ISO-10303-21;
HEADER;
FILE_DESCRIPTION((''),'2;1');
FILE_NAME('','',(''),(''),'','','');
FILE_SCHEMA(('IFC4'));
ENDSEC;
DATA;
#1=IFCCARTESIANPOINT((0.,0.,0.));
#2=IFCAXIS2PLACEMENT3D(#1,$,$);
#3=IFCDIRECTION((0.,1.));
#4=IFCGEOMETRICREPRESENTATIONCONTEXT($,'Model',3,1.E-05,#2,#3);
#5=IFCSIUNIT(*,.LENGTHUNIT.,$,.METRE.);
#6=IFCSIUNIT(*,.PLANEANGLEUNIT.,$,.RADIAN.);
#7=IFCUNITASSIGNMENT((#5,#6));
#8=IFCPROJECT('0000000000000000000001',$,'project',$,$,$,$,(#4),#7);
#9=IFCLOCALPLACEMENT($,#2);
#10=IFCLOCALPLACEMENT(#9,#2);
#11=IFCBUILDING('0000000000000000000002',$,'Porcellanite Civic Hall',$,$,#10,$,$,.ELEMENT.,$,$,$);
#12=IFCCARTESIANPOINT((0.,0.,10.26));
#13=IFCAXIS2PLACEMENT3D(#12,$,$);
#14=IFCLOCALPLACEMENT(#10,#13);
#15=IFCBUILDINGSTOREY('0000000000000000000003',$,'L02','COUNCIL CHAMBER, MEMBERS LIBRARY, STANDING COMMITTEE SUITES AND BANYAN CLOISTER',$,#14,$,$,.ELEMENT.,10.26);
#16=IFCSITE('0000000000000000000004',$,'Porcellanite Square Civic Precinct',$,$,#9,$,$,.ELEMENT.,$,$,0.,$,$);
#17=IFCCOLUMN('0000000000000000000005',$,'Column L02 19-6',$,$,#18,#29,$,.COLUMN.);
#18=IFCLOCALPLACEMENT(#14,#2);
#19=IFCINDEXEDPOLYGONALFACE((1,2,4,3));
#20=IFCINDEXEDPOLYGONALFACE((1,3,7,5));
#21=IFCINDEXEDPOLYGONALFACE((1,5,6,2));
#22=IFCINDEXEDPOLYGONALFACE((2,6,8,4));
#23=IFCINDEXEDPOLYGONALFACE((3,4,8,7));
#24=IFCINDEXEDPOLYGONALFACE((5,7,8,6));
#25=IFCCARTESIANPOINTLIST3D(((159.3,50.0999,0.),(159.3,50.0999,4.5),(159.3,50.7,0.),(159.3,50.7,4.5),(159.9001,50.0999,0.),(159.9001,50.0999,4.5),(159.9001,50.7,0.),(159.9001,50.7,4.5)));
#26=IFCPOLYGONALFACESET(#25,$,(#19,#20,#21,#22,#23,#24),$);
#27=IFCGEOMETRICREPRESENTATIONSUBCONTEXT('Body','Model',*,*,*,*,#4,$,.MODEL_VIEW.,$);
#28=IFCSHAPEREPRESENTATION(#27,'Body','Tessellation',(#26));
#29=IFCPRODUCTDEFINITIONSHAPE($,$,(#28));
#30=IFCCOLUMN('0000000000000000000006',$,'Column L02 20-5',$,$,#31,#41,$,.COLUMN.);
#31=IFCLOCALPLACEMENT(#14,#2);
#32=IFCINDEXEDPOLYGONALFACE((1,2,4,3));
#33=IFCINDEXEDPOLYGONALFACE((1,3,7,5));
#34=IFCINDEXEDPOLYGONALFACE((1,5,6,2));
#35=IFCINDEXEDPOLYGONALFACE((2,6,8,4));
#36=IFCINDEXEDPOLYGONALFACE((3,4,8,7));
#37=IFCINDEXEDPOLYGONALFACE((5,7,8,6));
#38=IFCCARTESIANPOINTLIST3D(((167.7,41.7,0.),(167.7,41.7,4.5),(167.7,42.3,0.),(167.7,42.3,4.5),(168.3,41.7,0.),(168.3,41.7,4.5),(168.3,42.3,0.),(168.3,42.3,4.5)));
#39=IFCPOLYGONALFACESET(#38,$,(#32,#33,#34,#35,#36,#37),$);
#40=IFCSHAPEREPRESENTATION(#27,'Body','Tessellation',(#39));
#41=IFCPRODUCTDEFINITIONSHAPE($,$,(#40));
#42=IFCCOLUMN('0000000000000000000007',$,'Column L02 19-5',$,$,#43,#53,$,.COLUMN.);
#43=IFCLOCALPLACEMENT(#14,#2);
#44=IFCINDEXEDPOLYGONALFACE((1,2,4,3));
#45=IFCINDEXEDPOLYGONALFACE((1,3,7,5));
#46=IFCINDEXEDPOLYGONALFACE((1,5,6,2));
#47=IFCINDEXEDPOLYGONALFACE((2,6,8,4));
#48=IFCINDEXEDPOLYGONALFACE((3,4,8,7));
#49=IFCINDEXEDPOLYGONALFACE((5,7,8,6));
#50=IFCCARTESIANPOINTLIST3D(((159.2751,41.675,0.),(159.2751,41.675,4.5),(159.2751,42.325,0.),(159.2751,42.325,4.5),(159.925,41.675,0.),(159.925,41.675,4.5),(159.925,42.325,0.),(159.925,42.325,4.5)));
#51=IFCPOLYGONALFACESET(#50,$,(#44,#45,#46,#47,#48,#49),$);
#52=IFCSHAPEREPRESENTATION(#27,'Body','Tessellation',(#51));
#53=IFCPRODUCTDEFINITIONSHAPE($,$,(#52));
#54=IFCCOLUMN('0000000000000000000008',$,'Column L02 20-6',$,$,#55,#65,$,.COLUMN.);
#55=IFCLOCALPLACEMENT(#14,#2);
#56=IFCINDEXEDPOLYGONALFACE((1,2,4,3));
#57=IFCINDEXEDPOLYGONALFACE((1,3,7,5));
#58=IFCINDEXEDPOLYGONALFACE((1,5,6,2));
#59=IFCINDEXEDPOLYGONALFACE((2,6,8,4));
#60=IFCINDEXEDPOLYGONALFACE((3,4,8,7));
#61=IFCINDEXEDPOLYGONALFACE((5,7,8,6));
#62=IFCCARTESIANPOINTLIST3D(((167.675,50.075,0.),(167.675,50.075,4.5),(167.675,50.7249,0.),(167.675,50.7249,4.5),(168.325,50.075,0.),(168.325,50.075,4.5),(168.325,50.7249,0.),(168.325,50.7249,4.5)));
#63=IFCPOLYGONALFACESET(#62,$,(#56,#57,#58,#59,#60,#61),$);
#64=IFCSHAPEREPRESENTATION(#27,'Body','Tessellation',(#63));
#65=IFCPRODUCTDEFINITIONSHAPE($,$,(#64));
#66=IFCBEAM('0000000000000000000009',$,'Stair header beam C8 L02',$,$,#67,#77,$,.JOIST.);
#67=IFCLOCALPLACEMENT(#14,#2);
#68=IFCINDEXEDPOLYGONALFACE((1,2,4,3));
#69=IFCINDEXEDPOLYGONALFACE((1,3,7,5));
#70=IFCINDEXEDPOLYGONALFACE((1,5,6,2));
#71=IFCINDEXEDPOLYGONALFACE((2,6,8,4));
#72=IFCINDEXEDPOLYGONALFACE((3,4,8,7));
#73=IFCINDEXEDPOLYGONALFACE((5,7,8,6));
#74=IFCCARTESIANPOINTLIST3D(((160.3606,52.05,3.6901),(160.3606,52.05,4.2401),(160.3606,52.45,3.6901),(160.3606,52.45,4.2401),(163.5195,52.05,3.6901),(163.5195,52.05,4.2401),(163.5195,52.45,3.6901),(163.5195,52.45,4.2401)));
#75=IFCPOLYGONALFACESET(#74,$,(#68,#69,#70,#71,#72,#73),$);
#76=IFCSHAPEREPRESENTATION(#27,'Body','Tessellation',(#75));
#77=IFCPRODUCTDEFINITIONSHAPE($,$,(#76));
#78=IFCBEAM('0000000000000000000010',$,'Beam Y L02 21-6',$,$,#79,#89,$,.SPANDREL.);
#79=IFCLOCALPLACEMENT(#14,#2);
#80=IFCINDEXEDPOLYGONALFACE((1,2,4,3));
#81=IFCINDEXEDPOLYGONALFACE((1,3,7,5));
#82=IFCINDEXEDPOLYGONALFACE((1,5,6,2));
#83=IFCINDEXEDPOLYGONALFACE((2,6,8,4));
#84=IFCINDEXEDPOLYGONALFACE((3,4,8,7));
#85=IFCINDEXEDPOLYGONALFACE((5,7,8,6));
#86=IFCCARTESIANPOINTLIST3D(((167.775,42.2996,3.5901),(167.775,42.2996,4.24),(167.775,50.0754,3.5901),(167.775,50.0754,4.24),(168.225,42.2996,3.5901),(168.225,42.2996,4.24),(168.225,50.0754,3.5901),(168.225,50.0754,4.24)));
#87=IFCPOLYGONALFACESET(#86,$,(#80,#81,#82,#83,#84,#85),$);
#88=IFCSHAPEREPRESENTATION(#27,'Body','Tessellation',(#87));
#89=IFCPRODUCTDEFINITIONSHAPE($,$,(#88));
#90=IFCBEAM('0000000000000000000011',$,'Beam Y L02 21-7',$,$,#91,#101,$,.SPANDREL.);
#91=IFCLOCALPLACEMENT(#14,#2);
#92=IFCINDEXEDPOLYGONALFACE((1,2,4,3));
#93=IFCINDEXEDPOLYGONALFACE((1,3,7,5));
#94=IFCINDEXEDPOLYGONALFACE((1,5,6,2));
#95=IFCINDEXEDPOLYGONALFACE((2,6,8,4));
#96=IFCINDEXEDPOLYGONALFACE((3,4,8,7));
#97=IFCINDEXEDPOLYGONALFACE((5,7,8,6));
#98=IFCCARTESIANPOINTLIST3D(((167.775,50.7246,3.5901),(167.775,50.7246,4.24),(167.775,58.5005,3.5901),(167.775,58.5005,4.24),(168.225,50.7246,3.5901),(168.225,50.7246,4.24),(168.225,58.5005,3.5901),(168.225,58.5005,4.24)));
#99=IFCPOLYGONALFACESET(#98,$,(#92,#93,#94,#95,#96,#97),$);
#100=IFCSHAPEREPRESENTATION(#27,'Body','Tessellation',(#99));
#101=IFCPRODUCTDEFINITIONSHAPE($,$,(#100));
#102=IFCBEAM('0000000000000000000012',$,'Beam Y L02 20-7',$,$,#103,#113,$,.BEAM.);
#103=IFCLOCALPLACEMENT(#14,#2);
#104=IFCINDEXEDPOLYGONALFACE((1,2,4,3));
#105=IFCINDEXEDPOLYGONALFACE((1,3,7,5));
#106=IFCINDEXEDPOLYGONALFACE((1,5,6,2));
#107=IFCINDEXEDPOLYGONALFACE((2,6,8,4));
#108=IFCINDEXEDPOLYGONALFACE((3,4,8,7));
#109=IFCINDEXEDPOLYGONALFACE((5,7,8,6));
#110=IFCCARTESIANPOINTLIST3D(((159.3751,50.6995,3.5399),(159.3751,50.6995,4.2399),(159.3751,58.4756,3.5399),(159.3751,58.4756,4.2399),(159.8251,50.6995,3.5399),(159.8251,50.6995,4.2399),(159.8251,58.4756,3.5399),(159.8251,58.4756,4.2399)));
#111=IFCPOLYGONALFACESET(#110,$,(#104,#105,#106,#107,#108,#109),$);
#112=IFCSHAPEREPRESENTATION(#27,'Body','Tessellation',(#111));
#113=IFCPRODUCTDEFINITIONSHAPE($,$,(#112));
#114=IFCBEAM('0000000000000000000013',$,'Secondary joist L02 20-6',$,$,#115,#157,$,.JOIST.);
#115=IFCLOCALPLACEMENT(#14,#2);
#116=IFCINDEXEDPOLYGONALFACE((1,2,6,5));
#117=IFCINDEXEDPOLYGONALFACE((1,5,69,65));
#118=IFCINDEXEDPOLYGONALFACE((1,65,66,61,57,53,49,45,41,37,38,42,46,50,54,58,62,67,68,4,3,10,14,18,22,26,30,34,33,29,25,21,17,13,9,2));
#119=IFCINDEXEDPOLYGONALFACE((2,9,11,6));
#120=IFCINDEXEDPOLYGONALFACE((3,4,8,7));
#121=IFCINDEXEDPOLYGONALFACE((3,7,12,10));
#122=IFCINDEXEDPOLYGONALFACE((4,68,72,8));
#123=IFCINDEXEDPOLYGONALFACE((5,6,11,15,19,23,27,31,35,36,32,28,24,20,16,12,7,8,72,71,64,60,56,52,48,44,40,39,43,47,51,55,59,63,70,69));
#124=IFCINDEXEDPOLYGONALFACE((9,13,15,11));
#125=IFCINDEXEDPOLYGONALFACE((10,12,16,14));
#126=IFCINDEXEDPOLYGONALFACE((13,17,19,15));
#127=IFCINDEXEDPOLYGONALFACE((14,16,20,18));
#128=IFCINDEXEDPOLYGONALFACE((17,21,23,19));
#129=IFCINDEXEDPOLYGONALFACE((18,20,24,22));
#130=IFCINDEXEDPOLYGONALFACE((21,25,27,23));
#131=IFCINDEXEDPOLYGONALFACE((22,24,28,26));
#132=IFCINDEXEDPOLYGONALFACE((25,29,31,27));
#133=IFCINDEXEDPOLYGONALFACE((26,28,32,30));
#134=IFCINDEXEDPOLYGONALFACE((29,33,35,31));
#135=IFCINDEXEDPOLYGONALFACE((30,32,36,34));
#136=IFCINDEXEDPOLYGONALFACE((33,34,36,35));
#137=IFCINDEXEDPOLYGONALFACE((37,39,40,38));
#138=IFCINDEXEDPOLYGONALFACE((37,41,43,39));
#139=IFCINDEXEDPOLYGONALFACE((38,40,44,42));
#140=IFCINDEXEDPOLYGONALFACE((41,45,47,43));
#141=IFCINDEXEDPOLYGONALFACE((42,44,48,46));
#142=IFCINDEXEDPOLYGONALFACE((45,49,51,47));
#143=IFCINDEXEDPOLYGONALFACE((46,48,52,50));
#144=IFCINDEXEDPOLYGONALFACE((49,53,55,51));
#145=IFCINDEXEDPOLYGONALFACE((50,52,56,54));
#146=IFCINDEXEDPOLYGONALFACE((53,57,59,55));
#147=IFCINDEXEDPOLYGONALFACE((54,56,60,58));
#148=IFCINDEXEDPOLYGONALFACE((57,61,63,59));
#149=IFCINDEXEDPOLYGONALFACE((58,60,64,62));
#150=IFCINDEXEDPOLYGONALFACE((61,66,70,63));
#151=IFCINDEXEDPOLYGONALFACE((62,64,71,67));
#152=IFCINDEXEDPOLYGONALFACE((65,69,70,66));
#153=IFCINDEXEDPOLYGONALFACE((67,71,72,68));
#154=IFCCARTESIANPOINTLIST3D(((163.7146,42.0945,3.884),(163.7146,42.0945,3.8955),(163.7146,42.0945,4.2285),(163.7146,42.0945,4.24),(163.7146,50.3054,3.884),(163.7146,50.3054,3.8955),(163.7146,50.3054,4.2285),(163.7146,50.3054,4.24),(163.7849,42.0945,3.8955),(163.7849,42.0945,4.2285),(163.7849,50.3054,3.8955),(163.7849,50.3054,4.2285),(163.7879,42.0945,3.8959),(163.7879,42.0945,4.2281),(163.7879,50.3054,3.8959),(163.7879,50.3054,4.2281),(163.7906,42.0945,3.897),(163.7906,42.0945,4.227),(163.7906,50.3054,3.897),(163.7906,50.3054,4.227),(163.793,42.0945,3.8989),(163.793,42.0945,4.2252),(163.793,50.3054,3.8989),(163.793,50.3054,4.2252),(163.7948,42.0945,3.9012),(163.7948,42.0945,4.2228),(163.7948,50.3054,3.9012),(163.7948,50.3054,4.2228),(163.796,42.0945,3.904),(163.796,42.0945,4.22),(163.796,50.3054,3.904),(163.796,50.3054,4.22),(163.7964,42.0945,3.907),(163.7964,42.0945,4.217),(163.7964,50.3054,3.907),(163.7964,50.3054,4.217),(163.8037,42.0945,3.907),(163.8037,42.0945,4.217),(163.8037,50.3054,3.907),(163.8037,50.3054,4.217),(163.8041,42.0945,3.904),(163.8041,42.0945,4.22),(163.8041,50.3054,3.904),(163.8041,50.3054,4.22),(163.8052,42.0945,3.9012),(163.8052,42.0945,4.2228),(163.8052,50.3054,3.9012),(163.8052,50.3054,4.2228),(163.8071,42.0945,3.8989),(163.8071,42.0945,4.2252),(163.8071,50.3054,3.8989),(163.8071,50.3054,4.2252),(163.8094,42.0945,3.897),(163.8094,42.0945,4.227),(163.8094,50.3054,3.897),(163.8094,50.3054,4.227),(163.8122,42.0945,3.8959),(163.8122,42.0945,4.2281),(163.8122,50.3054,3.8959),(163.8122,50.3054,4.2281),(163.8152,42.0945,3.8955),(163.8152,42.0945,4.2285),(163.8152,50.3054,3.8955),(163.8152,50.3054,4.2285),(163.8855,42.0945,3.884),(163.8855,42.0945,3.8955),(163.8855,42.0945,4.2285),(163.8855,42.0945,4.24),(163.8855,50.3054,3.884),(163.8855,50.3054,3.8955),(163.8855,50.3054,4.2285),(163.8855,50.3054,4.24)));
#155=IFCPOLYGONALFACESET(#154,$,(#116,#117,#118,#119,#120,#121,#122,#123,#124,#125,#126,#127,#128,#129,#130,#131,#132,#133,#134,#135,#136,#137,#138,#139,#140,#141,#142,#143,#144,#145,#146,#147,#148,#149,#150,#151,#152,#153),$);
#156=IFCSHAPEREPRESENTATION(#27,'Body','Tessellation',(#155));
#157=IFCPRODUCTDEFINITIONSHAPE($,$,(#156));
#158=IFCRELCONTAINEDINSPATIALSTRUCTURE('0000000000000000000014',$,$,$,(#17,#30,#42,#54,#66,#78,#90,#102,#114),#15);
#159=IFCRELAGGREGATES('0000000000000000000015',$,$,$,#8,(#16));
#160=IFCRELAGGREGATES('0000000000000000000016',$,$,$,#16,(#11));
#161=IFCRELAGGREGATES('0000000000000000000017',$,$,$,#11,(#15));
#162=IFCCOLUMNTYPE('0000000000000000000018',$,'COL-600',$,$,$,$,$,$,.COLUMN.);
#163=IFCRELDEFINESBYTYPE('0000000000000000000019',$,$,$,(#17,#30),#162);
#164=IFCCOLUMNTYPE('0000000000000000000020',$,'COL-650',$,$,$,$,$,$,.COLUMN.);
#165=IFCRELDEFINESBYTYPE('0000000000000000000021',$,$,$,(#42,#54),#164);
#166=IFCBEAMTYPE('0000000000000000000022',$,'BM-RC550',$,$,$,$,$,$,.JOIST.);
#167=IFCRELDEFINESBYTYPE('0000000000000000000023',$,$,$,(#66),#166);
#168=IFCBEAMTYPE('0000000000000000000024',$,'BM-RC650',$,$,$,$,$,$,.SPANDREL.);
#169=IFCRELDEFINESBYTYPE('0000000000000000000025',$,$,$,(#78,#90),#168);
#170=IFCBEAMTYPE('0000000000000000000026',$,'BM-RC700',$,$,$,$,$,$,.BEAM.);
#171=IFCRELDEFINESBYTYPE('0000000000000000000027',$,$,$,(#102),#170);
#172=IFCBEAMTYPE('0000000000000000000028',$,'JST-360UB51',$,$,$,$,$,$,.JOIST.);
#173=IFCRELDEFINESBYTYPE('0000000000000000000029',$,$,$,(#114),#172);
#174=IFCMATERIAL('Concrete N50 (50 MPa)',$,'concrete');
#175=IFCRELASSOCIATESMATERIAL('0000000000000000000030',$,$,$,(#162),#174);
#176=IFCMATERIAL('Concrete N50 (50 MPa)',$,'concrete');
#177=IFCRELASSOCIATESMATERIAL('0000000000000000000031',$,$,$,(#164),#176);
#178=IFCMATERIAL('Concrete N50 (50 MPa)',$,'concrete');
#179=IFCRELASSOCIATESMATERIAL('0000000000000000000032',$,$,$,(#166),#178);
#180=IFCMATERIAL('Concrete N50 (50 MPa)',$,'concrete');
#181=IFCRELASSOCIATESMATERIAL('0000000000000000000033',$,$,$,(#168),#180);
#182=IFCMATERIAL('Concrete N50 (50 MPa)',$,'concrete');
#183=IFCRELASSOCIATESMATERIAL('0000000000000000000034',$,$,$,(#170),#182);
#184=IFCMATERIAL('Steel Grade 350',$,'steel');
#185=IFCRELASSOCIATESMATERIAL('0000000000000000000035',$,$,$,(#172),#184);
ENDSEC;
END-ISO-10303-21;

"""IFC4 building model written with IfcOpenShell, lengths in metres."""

from ifc_helpers import new_model, si_unit, direction, frame, origin, origin_2d, place, context, subcontext, project, spatial, rectangle, i_section, extrude, material, material_profile, profile_set, type_object, element, save


model = new_model("IFC4")

# Units and contexts
model_context = context("Model", 3, precision=1e-05, world=origin(), true_north=direction((0.0, 1.0)))
body_context = subcontext(model_context, "Body", "Model", "MODEL_VIEW")
ifc_project = project(units=[si_unit("LENGTHUNIT", "METRE"), si_unit("PLANEANGLEUNIT", "RADIAN")], contexts=[model_context])

# Site, building, storey
site_placement = place(None, origin())
site = spatial("IfcSite", under=ifc_project, at=site_placement, Name="Porcellanite Square Civic Precinct", CompositionType="ELEMENT", RefElevation=0.0)
building_placement = place(site_placement, origin())
building = spatial("IfcBuilding", under=site, at=building_placement, Name="Porcellanite Civic Hall", CompositionType="ELEMENT")
storey_placement = place(building_placement, frame((0.0, 0.0, 10.26)))
storey = spatial("IfcBuildingStorey", under=building, at=storey_placement, Name="L02", Description="COUNCIL CHAMBER, MEMBERS LIBRARY, STANDING COMMITTEE SUITES AND BANYAN CLOISTER", CompositionType="ELEMENT", Elevation=10.26)

# Columns
ifc_material_1 = material(Name="Concrete N50 (50 MPa)", Category="concrete")
ifc_material_profile_1 = material_profile(ifc_material_1, rectangle(XDim=0.6001, YDim=0.6001, at=origin_2d()), Name="RC-600x600")
ifc_profile_set_1 = profile_set([ifc_material_profile_1], Name="Concrete N50 (50 MPa)")
column_type_1 = type_object("IfcColumnType", Name="COL-600", PredefinedType="COLUMN", material=ifc_profile_set_1)
for number, where, z_axis, x_axis, name in (
    (1, (159.6001, 50.3999, 0.0), (0.0, 0.0, 1.0), (1.0, 0.0, 0.0), "Column L02 19-6"),
    (2, (168.0, 42.0, 0.0), (0.0, 0.0, 1.0), (1.0, 0.0, 0.0), "Column L02 20-5"),
):
    element("IfcColumn", number, at=place(storey_placement, frame(where, z_axis=z_axis, x_axis=x_axis)), inside=storey, type_object=column_type_1, Name=name, PredefinedType="COLUMN", context=body_context, shape_type="SweptSolid", body=[
        extrude(rectangle(XDim=0.6001, YDim=0.6001, at=origin_2d()), origin(), (0.0, 0.0, 1.0), 4.5),
    ])
ifc_material_2 = material(Name="Concrete N50 (50 MPa)", Category="concrete")
ifc_material_profile_2 = material_profile(ifc_material_2, rectangle(XDim=0.6499, YDim=0.6499, at=origin_2d()), Name="RC-650x650")
ifc_profile_set_2 = profile_set([ifc_material_profile_2], Name="Concrete N50 (50 MPa)")
column_type_2 = type_object("IfcColumnType", Name="COL-650", PredefinedType="COLUMN", material=ifc_profile_set_2)
for number, where, z_axis, x_axis, name in (
    (3, (159.6001, 42.0, 0.0), (0.0, 0.0, 1.0), (1.0, 0.0, 0.0), "Column L02 19-5"),
    (4, (168.0, 50.3999, 0.0), (0.0, 0.0, 1.0), (1.0, 0.0, 0.0), "Column L02 20-6"),
):
    element("IfcColumn", number, at=place(storey_placement, frame(where, z_axis=z_axis, x_axis=x_axis)), inside=storey, type_object=column_type_2, Name=name, PredefinedType="COLUMN", context=body_context, shape_type="SweptSolid", body=[
        extrude(rectangle(XDim=0.6499, YDim=0.6499, at=origin_2d()), origin(), (0.0, 0.0, 1.0), 4.5),
    ])

# Beams
ifc_material_3 = material(Name="Concrete N50 (50 MPa)", Category="concrete")
ifc_material_profile_3 = material_profile(ifc_material_3, rectangle(XDim=0.3999, YDim=0.55, at=origin_2d()), Name="RC-400x550")
ifc_profile_set_3 = profile_set([ifc_material_profile_3], Name="Concrete N50 (50 MPa)")
beam_type_1 = type_object("IfcBeamType", Name="BM-RC550", PredefinedType="JOIST", material=ifc_profile_set_3)
beam_1_placement = place(storey_placement, frame((160.3606, 52.25, 3.9651), z_axis=(1.0, 0.0, 0.0), x_axis=(0.0, 1.0, 0.0)))
element("IfcBeam", 5, at=beam_1_placement, inside=storey, type_object=beam_type_1, Name="Stair header beam C8 L02", PredefinedType="JOIST", context=body_context, shape_type="SweptSolid", body=[
    extrude(rectangle(XDim=0.3999, YDim=0.55, at=origin_2d()), origin(), (0.0, 0.0, 1.0), 3.1589),
])
ifc_material_4 = material(Name="Concrete N50 (50 MPa)", Category="concrete")
ifc_material_profile_4 = material_profile(ifc_material_4, rectangle(XDim=0.45, YDim=0.6499, at=origin_2d()), Name="RC-450x650")
ifc_profile_set_4 = profile_set([ifc_material_profile_4], Name="Concrete N50 (50 MPa)")
beam_type_2 = type_object("IfcBeamType", Name="BM-RC650", PredefinedType="SPANDREL", material=ifc_profile_set_4)
for number, where, z_axis, x_axis, name in (
    (6, (168.0, 42.2996, 3.915), (0.0, 1.0, 0.0), (-1.0, 0.0, 0.0), "Beam Y L02 21-6"),
    (7, (168.0, 50.7246, 3.915), (0.0, 1.0, 0.0), (-1.0, 0.0, 0.0), "Beam Y L02 21-7"),
):
    element("IfcBeam", number, at=place(storey_placement, frame(where, z_axis=z_axis, x_axis=x_axis)), inside=storey, type_object=beam_type_2, Name=name, PredefinedType="SPANDREL", context=body_context, shape_type="SweptSolid", body=[
        extrude(rectangle(XDim=0.45, YDim=0.6499, at=origin_2d()), origin(), (0.0, 0.0, 1.0), 7.7759),
    ])
ifc_material_5 = material(Name="Concrete N50 (50 MPa)", Category="concrete")
ifc_material_profile_5 = material_profile(ifc_material_5, rectangle(XDim=0.45, YDim=0.7, at=origin_2d()), Name="RC-450x700")
ifc_profile_set_5 = profile_set([ifc_material_profile_5], Name="Concrete N50 (50 MPa)")
beam_type_3 = type_object("IfcBeamType", Name="BM-RC700", PredefinedType="BEAM", material=ifc_profile_set_5)
beam_2_placement = place(storey_placement, frame((159.6001, 50.6995, 3.8899), z_axis=(0.0, 1.0, 0.0), x_axis=(-1.0, 0.0, 0.0)))
element("IfcBeam", 8, at=beam_2_placement, inside=storey, type_object=beam_type_3, Name="Beam Y L02 20-7", PredefinedType="BEAM", context=body_context, shape_type="SweptSolid", body=[
    extrude(rectangle(XDim=0.45, YDim=0.7, at=origin_2d()), origin(), (0.0, 0.0, 1.0), 7.7761),
])
ifc_material_6 = material(Name="Steel Grade 350", Category="steel")
ifc_material_profile_6 = material_profile(ifc_material_6, i_section(OverallWidth=0.1709, OverallDepth=0.356, WebThickness=0.0073, FlangeThickness=0.0115, FilletRadius=0.0115, at=origin_2d()), Name="360UB50.7")
ifc_profile_set_6 = profile_set([ifc_material_profile_6], Name="Steel Grade 350")
beam_type_4 = type_object("IfcBeamType", Name="JST-360UB51", PredefinedType="JOIST", material=ifc_profile_set_6)
beam_3_placement = place(storey_placement, frame((163.8, 42.0945, 4.062), z_axis=(0.0, 1.0, 0.0), x_axis=(-1.0, 0.0, 0.0)))
element("IfcBeam", 9, at=beam_3_placement, inside=storey, type_object=beam_type_4, Name="Secondary joist L02 20-6", PredefinedType="JOIST", context=body_context, shape_type="SweptSolid", body=[
    extrude(i_section(OverallWidth=0.1709, OverallDepth=0.356, WebThickness=0.0073, FlangeThickness=0.0115, FilletRadius=0.0115, at=origin_2d()), origin(), (0.0, 0.0, 1.0), 8.2109),
])

save(model, "model.ifc")
